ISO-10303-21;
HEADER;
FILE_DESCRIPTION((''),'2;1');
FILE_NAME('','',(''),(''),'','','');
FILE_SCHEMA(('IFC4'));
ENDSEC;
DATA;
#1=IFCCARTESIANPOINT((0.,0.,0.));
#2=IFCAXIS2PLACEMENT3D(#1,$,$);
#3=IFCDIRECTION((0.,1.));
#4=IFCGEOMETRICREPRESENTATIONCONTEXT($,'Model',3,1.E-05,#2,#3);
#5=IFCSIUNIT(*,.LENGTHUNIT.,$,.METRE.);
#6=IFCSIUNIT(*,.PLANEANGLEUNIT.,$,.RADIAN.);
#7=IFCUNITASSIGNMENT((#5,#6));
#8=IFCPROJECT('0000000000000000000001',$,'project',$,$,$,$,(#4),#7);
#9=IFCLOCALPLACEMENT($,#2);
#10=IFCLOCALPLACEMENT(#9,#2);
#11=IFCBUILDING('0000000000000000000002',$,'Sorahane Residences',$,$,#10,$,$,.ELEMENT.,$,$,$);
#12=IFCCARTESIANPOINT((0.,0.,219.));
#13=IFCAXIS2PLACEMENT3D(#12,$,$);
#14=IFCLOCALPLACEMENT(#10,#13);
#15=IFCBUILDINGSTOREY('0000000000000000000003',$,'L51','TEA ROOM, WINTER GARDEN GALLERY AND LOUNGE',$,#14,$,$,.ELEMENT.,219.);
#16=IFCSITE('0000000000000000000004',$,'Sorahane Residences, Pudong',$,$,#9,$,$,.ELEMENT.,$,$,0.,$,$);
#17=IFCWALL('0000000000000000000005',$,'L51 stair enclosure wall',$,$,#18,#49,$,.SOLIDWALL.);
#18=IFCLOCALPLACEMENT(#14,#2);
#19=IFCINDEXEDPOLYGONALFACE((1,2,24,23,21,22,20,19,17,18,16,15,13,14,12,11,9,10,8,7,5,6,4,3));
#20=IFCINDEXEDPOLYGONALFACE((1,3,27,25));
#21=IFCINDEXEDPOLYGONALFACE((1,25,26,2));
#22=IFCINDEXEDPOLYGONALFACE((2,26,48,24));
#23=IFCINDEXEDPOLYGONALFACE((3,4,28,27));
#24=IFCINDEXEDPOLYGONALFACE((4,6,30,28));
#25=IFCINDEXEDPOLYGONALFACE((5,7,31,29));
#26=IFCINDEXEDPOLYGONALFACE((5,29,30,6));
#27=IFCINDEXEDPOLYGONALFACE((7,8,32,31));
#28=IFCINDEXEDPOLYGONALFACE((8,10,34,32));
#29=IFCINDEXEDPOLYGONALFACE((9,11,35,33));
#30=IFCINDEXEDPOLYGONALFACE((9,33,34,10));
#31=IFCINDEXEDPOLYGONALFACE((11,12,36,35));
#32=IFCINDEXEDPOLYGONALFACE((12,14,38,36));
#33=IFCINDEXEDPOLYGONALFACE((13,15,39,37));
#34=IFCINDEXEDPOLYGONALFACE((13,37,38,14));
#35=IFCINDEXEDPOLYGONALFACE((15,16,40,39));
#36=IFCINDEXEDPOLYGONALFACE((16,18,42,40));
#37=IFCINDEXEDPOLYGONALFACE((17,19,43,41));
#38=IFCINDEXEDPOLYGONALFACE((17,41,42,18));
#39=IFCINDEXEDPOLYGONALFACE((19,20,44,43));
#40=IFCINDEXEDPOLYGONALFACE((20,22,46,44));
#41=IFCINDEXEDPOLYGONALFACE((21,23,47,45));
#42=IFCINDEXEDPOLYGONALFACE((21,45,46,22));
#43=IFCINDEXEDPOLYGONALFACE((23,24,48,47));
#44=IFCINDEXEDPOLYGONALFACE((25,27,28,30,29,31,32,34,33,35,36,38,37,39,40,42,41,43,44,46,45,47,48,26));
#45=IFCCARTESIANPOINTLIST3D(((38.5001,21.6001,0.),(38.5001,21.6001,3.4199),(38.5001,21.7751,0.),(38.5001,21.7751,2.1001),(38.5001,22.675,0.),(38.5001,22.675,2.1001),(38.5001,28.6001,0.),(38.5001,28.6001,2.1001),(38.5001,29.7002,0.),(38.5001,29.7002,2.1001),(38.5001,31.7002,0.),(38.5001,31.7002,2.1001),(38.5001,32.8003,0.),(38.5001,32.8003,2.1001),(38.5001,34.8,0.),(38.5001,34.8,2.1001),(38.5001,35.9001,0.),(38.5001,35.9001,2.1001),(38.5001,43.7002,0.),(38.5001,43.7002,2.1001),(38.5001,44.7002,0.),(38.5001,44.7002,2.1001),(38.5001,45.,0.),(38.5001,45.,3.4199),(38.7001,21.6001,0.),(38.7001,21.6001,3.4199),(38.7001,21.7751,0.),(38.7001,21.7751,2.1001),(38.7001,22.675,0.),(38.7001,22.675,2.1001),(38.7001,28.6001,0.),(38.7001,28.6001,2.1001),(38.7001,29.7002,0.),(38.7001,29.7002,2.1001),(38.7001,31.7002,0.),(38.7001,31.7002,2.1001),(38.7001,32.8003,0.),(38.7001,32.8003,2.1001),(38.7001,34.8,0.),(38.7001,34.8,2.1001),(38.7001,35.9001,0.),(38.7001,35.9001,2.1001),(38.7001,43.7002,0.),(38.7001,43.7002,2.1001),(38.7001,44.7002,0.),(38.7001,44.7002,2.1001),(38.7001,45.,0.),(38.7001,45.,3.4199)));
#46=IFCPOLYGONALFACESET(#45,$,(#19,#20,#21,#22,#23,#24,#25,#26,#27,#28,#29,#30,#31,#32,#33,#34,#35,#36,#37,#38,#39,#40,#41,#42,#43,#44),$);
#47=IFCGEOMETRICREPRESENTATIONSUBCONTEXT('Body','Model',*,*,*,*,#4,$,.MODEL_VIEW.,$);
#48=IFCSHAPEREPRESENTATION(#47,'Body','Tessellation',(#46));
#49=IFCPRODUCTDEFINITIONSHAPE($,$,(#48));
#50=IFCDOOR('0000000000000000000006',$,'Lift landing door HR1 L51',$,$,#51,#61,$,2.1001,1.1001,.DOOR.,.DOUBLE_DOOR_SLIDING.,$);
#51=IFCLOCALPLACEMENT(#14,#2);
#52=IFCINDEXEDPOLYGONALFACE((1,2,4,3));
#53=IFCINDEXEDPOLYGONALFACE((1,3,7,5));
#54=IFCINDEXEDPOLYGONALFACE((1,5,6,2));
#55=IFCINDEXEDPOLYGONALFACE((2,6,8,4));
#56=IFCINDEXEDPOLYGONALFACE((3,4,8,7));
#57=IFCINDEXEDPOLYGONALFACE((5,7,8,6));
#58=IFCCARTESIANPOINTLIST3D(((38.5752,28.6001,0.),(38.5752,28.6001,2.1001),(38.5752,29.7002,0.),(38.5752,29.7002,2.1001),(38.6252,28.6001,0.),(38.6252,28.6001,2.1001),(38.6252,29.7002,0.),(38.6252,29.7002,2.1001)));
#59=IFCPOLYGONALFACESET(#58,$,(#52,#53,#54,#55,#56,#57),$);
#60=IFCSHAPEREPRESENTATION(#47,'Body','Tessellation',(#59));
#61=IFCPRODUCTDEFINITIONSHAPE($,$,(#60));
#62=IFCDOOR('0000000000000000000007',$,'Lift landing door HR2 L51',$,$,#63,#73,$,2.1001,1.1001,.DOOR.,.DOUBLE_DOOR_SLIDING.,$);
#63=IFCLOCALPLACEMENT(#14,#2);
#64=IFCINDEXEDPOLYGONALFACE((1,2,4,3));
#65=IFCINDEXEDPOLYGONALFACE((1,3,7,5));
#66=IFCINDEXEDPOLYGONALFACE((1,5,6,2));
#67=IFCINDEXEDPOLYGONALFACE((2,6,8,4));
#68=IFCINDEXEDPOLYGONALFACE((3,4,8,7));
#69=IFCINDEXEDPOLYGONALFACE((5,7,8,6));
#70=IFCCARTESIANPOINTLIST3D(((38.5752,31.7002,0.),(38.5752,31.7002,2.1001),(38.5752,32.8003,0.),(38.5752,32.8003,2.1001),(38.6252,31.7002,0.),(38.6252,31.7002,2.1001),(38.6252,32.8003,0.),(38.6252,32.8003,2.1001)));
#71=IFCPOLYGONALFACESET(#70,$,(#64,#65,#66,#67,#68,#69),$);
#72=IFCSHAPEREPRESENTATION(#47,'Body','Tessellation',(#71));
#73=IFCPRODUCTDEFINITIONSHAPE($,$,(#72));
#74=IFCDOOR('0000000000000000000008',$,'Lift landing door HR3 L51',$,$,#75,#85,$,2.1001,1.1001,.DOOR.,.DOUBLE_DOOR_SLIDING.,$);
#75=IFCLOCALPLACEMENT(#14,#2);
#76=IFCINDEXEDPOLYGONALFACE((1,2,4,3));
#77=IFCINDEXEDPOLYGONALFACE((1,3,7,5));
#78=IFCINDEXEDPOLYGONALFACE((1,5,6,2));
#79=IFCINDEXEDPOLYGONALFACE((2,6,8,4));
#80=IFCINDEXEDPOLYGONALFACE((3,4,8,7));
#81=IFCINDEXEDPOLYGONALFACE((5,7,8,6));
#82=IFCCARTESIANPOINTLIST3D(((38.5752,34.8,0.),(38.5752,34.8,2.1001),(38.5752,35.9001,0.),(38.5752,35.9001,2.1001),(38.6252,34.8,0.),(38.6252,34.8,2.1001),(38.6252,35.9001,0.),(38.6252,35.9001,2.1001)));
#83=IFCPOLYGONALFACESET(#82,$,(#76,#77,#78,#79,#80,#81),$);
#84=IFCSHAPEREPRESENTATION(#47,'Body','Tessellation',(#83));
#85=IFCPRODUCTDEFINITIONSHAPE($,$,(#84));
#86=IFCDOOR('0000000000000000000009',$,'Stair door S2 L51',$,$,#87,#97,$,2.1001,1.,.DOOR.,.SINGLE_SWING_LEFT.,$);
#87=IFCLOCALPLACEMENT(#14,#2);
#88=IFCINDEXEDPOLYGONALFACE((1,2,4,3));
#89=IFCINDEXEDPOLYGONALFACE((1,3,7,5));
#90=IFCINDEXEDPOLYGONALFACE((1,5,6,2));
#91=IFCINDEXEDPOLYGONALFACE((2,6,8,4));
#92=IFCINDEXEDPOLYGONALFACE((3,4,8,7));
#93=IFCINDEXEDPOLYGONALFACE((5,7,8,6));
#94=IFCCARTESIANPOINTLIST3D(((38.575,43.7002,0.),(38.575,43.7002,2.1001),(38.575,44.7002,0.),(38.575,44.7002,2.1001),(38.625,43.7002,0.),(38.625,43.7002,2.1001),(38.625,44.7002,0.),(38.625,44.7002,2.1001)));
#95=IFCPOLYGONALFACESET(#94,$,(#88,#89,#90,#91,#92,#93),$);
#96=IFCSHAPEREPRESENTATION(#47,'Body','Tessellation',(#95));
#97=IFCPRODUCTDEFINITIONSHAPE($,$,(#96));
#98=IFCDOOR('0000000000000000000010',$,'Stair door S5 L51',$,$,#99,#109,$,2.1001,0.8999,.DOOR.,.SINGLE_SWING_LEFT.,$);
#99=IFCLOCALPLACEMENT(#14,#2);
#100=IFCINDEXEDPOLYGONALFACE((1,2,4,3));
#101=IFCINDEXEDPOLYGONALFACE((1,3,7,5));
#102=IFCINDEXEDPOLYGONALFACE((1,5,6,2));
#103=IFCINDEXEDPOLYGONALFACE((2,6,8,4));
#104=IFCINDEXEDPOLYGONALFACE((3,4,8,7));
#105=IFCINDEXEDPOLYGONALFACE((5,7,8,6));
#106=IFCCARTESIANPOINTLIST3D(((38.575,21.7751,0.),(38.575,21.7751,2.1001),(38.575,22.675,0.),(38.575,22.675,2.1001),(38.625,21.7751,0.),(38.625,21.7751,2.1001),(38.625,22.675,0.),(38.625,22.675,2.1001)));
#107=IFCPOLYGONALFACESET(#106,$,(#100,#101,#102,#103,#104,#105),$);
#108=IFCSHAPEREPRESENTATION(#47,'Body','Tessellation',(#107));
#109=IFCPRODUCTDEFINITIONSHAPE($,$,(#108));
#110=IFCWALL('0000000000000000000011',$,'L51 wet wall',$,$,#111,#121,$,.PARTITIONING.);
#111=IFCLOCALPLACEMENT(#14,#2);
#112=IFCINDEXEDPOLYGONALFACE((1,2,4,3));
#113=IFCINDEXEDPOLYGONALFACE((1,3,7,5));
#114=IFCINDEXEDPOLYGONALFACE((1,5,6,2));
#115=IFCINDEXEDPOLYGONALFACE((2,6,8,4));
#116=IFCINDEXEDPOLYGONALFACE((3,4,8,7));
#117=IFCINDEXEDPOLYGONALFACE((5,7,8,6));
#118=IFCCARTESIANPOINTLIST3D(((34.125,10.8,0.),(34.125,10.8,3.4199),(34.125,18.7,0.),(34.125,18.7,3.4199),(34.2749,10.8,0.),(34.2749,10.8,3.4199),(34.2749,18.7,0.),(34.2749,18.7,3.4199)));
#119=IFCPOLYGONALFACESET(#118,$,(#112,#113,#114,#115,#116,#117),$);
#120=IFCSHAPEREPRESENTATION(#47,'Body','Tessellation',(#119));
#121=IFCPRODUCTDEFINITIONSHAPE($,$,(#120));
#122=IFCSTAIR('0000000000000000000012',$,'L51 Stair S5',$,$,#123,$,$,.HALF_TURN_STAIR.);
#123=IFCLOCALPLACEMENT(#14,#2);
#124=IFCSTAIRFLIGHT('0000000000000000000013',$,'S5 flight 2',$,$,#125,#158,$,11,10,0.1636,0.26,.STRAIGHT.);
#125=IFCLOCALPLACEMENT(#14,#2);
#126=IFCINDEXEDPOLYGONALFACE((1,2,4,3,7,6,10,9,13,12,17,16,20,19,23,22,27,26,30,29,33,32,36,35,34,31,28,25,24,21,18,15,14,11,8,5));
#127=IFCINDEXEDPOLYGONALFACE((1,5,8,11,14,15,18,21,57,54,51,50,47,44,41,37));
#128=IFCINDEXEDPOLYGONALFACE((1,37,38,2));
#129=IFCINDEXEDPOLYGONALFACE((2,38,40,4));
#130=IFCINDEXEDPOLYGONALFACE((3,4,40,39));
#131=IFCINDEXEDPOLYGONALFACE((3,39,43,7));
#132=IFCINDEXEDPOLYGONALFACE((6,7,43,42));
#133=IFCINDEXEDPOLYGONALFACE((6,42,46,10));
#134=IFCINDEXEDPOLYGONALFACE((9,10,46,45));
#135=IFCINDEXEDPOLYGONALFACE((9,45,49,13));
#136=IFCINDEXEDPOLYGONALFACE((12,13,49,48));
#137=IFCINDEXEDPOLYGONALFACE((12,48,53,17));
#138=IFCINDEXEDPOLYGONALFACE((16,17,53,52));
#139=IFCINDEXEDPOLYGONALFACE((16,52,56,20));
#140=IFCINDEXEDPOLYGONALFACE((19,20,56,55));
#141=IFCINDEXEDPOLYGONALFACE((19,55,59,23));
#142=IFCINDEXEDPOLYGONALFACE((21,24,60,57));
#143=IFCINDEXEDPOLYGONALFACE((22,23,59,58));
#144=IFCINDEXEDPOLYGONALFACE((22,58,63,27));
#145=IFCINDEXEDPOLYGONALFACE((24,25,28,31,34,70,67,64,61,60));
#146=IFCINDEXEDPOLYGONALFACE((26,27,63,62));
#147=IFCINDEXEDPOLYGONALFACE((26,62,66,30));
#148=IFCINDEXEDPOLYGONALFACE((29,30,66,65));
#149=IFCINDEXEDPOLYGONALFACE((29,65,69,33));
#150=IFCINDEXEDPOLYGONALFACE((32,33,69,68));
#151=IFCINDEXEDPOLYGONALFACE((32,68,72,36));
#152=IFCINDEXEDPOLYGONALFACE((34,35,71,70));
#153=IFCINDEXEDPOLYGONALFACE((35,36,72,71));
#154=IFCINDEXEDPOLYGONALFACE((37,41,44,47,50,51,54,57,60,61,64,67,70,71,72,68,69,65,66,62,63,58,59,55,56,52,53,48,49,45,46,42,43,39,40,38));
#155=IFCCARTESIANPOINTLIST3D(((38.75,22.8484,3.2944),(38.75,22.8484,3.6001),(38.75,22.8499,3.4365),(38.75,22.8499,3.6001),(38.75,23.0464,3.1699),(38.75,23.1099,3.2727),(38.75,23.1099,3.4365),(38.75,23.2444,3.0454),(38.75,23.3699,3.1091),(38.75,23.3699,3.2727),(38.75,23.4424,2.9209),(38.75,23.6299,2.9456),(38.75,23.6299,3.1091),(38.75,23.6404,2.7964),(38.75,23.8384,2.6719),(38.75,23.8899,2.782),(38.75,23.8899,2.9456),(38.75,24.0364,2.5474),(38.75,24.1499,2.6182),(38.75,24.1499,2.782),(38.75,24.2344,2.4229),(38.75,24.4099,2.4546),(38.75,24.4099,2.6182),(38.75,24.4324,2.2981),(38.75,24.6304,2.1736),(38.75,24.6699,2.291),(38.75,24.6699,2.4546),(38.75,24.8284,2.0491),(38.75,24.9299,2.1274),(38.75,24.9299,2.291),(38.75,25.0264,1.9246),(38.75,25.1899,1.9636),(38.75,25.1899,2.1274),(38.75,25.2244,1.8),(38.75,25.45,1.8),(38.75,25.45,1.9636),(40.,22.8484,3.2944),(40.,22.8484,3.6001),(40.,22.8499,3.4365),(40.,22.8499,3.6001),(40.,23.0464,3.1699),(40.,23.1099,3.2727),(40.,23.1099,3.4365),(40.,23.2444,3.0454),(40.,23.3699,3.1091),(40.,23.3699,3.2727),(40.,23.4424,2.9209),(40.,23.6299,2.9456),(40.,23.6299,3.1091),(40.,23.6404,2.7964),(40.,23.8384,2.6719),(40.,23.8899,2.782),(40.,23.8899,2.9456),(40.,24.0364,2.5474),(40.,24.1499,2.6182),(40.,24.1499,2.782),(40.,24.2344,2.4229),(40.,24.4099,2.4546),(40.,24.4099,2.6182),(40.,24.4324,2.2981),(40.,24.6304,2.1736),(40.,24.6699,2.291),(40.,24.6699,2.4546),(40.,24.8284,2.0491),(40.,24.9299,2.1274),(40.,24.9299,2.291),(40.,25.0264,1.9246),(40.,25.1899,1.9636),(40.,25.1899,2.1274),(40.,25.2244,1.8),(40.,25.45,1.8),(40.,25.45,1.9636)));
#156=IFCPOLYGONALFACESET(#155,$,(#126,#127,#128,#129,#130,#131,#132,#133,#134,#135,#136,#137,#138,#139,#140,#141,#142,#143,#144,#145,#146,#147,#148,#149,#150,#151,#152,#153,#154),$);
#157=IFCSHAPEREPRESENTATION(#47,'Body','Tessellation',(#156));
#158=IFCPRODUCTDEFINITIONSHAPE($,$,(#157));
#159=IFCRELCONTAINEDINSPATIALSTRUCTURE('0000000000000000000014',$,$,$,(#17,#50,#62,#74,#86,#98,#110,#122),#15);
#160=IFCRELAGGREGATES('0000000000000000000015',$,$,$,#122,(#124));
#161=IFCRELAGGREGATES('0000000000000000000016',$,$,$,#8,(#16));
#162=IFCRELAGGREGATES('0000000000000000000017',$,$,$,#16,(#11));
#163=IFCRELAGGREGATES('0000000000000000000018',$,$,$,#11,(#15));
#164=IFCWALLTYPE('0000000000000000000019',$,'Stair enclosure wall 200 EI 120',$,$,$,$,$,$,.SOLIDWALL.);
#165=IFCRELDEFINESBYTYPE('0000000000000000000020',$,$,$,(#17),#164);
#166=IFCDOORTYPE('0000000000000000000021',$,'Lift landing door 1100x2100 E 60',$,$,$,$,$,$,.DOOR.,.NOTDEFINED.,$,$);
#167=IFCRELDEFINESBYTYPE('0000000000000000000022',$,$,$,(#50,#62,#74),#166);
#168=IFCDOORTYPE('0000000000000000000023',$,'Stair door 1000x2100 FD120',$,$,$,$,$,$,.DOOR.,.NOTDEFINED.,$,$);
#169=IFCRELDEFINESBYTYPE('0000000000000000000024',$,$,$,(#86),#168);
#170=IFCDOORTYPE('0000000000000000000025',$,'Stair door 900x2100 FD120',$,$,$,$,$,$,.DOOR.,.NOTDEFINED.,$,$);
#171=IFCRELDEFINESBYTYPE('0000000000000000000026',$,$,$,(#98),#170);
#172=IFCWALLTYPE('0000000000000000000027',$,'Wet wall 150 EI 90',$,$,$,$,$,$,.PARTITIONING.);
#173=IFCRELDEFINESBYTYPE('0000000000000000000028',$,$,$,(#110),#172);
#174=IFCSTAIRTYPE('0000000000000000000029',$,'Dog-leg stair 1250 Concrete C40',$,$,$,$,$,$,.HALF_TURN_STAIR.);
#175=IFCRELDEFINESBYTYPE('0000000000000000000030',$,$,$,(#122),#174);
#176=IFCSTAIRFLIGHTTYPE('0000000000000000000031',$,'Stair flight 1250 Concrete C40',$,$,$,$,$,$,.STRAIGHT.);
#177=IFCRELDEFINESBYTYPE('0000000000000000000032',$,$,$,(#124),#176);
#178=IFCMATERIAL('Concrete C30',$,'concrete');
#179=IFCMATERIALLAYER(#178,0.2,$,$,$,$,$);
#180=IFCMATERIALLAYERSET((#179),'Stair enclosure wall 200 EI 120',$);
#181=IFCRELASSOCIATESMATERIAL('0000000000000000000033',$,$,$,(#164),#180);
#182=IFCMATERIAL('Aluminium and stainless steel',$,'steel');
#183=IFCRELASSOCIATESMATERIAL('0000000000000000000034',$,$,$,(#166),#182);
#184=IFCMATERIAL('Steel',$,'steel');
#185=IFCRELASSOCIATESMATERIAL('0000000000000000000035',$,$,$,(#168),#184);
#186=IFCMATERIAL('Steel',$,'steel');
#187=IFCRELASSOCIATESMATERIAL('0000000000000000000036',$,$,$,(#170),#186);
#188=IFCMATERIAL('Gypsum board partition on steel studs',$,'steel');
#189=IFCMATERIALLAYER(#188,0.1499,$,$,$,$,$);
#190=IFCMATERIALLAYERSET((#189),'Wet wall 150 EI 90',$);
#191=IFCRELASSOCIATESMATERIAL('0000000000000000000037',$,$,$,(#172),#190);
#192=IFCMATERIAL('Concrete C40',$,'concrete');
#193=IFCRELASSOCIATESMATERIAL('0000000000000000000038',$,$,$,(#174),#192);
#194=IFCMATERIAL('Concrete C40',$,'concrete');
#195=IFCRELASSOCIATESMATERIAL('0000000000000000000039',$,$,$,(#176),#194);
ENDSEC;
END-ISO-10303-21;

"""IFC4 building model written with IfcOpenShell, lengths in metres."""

from ifc_helpers import new_model, si_unit, direction, frame, frame_2d, origin, place, context, subcontext, project, spatial, polyline, rectangle, outline, extrude, material, layer, layer_set, type_object, element, fill, aggregate, save


model = new_model("IFC4")

# Units and contexts
model_context = context("Model", 3, precision=1e-05, world=origin(), true_north=direction((0.0, 1.0)))
body_context = subcontext(model_context, "Body", "Model", "MODEL_VIEW")
ifc_project = project(units=[si_unit("LENGTHUNIT", "METRE"), si_unit("PLANEANGLEUNIT", "RADIAN")], contexts=[model_context])

# Site, building, storey
site_placement = place(None, origin())
site = spatial("IfcSite", under=ifc_project, at=site_placement, Name="Sorahane Residences, Pudong", CompositionType="ELEMENT", RefElevation=0.0)
building_placement = place(site_placement, origin())
building = spatial("IfcBuilding", under=site, at=building_placement, Name="Sorahane Residences", CompositionType="ELEMENT")
storey_placement = place(building_placement, frame((0.0, 0.0, 219.0)))
storey = spatial("IfcBuildingStorey", under=building, at=storey_placement, Name="L51", Description="TEA ROOM, WINTER GARDEN GALLERY AND LOUNGE", CompositionType="ELEMENT", Elevation=219.0)

# Wall, openings, doors
ifc_material_1 = material(Name="Concrete C30", Category="concrete")
ifc_layer_1 = layer(ifc_material_1, 0.2)
ifc_layer_set_1 = layer_set([ifc_layer_1], Name="Stair enclosure wall 200 EI 120")
wall_type_1 = type_object("IfcWallType", Name="Stair enclosure wall 200 EI 120", PredefinedType="SOLIDWALL", material=ifc_layer_set_1)
wall_1_placement = place(storey_placement, frame((38.6001, 21.6001, 0.0), z_axis=(0.0, 0.0, 1.0), x_axis=(0.0, 1.0, 0.0)))
wall_1 = element("IfcWall", 1, at=wall_1_placement, inside=storey, type_object=wall_type_1, Name="L51 stair enclosure wall", PredefinedType="SOLIDWALL", context=body_context, shape_type="SweptSolid", body=[
    extrude(rectangle(XDim=23.3999, YDim=0.2, at=frame_2d((11.7, 0.0))), origin(), (0.0, 0.0, 1.0), 3.4199),
])
opening_1_placement = place(wall_1_placement, frame((7.0, 0.0, 0.0)))
opening_1 = element("IfcOpeningElement", 2, at=opening_1_placement, cuts=wall_1, PredefinedType="OPENING", context=body_context, shape_type="SweptSolid", body=[
    extrude(rectangle(XDim=1.1001, YDim=2.1001, at=frame_2d((0.55, 1.05))), frame((0.0, 0.1099, 0.0), z_axis=(0.0, -1.0, 0.0), x_axis=(1.0, 0.0, 0.0)), (0.0, 0.0, 1.0), 0.22),
])
opening_2_placement = place(wall_1_placement, frame((10.1001, 0.0, 0.0)))
opening_2 = element("IfcOpeningElement", 3, at=opening_2_placement, cuts=wall_1, PredefinedType="OPENING", context=body_context, shape_type="SweptSolid", body=[
    extrude(rectangle(XDim=1.1001, YDim=2.1001, at=frame_2d((0.55, 1.05))), frame((0.0, 0.1099, 0.0), z_axis=(0.0, -1.0, 0.0), x_axis=(1.0, 0.0, 0.0)), (0.0, 0.0, 1.0), 0.22),
])
opening_3_placement = place(wall_1_placement, frame((13.2, 0.0, 0.0)))
opening_3 = element("IfcOpeningElement", 4, at=opening_3_placement, cuts=wall_1, PredefinedType="OPENING", context=body_context, shape_type="SweptSolid", body=[
    extrude(rectangle(XDim=1.1001, YDim=2.1001, at=frame_2d((0.55, 1.05))), frame((0.0, 0.1099, 0.0), z_axis=(0.0, -1.0, 0.0), x_axis=(1.0, 0.0, 0.0)), (0.0, 0.0, 1.0), 0.22),
])
opening_4_placement = place(wall_1_placement, frame((22.1001, 0.0, 0.0)))
opening_4 = element("IfcOpeningElement", 5, at=opening_4_placement, cuts=wall_1, PredefinedType="OPENING", context=body_context, shape_type="SweptSolid", body=[
    extrude(rectangle(XDim=1.0, YDim=2.1001, at=frame_2d((0.5, 1.05))), frame((0.0, 0.1099, 0.0), z_axis=(0.0, -1.0, 0.0), x_axis=(1.0, 0.0, 0.0)), (0.0, 0.0, 1.0), 0.22),
])
opening_5_placement = place(wall_1_placement, frame((0.175, 0.0, 0.0)))
opening_5 = element("IfcOpeningElement", 6, at=opening_5_placement, cuts=wall_1, PredefinedType="OPENING", context=body_context, shape_type="SweptSolid", body=[
    extrude(rectangle(XDim=0.8999, YDim=2.1001, at=frame_2d((0.45, 1.05))), frame((0.0, 0.1099, 0.0), z_axis=(0.0, -1.0, 0.0), x_axis=(1.0, 0.0, 0.0)), (0.0, 0.0, 1.0), 0.22),
])
ifc_material_2 = material(Name="Aluminium and stainless steel", Category="steel")
door_type_1 = type_object("IfcDoorType", Name="Lift landing door 1100x2100 E 60", OperationType="NOTDEFINED", PredefinedType="DOOR", material=ifc_material_2)
door_1_placement = place(opening_1_placement, origin())
door_1 = element("IfcDoor", 7, at=door_1_placement, inside=storey, type_object=door_type_1, Name="Lift landing door HR1 L51", OperationType="DOUBLE_DOOR_SLIDING", OverallHeight=2.1001, OverallWidth=1.1001, PredefinedType="DOOR", context=body_context, shape_type="SweptSolid", body=[
    extrude(rectangle(XDim=1.1001, YDim=2.1001, at=frame_2d((0.55, 1.05))), frame((0.0, 0.0249, 0.0), z_axis=(0.0, -1.0, 0.0), x_axis=(1.0, 0.0, 0.0)), (0.0, 0.0, 1.0), 0.05),
])
fill(opening_1, door_1)
door_2_placement = place(opening_2_placement, origin())
door_2 = element("IfcDoor", 8, at=door_2_placement, inside=storey, type_object=door_type_1, Name="Lift landing door HR2 L51", OperationType="DOUBLE_DOOR_SLIDING", OverallHeight=2.1001, OverallWidth=1.1001, PredefinedType="DOOR", context=body_context, shape_type="SweptSolid", body=[
    extrude(rectangle(XDim=1.1001, YDim=2.1001, at=frame_2d((0.55, 1.05))), frame((0.0, 0.0249, 0.0), z_axis=(0.0, -1.0, 0.0), x_axis=(1.0, 0.0, 0.0)), (0.0, 0.0, 1.0), 0.05),
])
fill(opening_2, door_2)
door_3_placement = place(opening_3_placement, origin())
door_3 = element("IfcDoor", 9, at=door_3_placement, inside=storey, type_object=door_type_1, Name="Lift landing door HR3 L51", OperationType="DOUBLE_DOOR_SLIDING", OverallHeight=2.1001, OverallWidth=1.1001, PredefinedType="DOOR", context=body_context, shape_type="SweptSolid", body=[
    extrude(rectangle(XDim=1.1001, YDim=2.1001, at=frame_2d((0.55, 1.05))), frame((0.0, 0.0249, 0.0), z_axis=(0.0, -1.0, 0.0), x_axis=(1.0, 0.0, 0.0)), (0.0, 0.0, 1.0), 0.05),
])
fill(opening_3, door_3)
ifc_material_3 = material(Name="Steel", Category="steel")
door_type_2 = type_object("IfcDoorType", Name="Stair door 1000x2100 FD120", OperationType="NOTDEFINED", PredefinedType="DOOR", material=ifc_material_3)
door_4_placement = place(opening_4_placement, frame((1.0, 0.0, 0.0), z_axis=(0.0, 0.0, 1.0), x_axis=(-1.0, 0.0, 0.0)))
door_4 = element("IfcDoor", 10, at=door_4_placement, inside=storey, type_object=door_type_2, Name="Stair door S2 L51", OperationType="SINGLE_SWING_LEFT", OverallHeight=2.1001, OverallWidth=1.0, PredefinedType="DOOR", context=body_context, shape_type="SweptSolid", body=[
    extrude(rectangle(XDim=1.0, YDim=2.1001, at=frame_2d((0.5, 1.05))), frame((0.0, 0.0249, 0.0), z_axis=(0.0, -1.0, 0.0), x_axis=(1.0, 0.0, 0.0)), (0.0, 0.0, 1.0), 0.05),
])
fill(opening_4, door_4)
ifc_material_4 = material(Name="Steel", Category="steel")
door_type_3 = type_object("IfcDoorType", Name="Stair door 900x2100 FD120", OperationType="NOTDEFINED", PredefinedType="DOOR", material=ifc_material_4)
door_5_placement = place(opening_5_placement, frame((0.8999, 0.0, 0.0), z_axis=(0.0, 0.0, 1.0), x_axis=(-1.0, 0.0, 0.0)))
door_5 = element("IfcDoor", 11, at=door_5_placement, inside=storey, type_object=door_type_3, Name="Stair door S5 L51", OperationType="SINGLE_SWING_LEFT", OverallHeight=2.1001, OverallWidth=0.8999, PredefinedType="DOOR", context=body_context, shape_type="SweptSolid", body=[
    extrude(rectangle(XDim=0.8999, YDim=2.1001, at=frame_2d((0.45, 1.05))), frame((0.0, 0.0249, 0.0), z_axis=(0.0, -1.0, 0.0), x_axis=(1.0, 0.0, 0.0)), (0.0, 0.0, 1.0), 0.05),
])
fill(opening_5, door_5)

# Wall
ifc_material_5 = material(Name="Gypsum board partition on steel studs", Category="steel")
ifc_layer_2 = layer(ifc_material_5, 0.1499)
ifc_layer_set_2 = layer_set([ifc_layer_2], Name="Wet wall 150 EI 90")
wall_type_2 = type_object("IfcWallType", Name="Wet wall 150 EI 90", PredefinedType="PARTITIONING", material=ifc_layer_set_2)
wall_2_placement = place(storey_placement, frame((34.2, 10.8, 0.0), z_axis=(0.0, 0.0, 1.0), x_axis=(0.0, 1.0, 0.0)))
element("IfcWall", 12, at=wall_2_placement, inside=storey, type_object=wall_type_2, Name="L51 wet wall", PredefinedType="PARTITIONING", context=body_context, shape_type="SweptSolid", body=[
    extrude(rectangle(XDim=7.8999, YDim=0.1499, at=frame_2d((3.95, 0.0))), origin(), (0.0, 0.0, 1.0), 3.4199),
])

# Stair, stair flight
ifc_material_6 = material(Name="Concrete C40", Category="concrete")
stair_type = type_object("IfcStairType", Name="Dog-leg stair 1250 Concrete C40", PredefinedType="HALF_TURN_STAIR", material=ifc_material_6)
stair_placement = place(storey_placement, origin())
stair = element("IfcStair", 13, at=stair_placement, inside=storey, type_object=stair_type, Name="L51 Stair S5", PredefinedType="HALF_TURN_STAIR")
ifc_material_7 = material(Name="Concrete C40", Category="concrete")
stair_flight_type = type_object("IfcStairFlightType", Name="Stair flight 1250 Concrete C40", PredefinedType="STRAIGHT", material=ifc_material_7)
stair_flight_placement = place(storey_placement, frame((39.375, 25.45, 1.8), z_axis=(0.0, 0.0, 1.0), x_axis=(0.0, -1.0, 0.0)))
stair_flight = element("IfcStairFlight", 14, at=stair_flight_placement, type_object=stair_flight_type, Name="S5 flight 2", NumberOfRisers=11, NumberOfTreads=10, PredefinedType="STRAIGHT", RiserHeight=0.1636, TreadLength=0.26, context=body_context, shape_type="SweptSolid", body=[
    extrude(outline(polyline([(0.0, 0.0), (0.0, 0.1636), (0.26, 0.1636), (0.26, 0.3274), (0.52, 0.3274), (0.52, 0.491), (0.78, 0.491), (0.78, 0.6545), (1.04, 0.6545), (1.04, 0.8181), (1.3, 0.8181), (1.3, 0.9819), (1.5601, 0.9819), (1.5601, 1.1455), (1.8201, 1.1455), (1.8201, 1.3091), (2.0801, 1.3091), (2.0801, 1.4727), (2.3401, 1.4727), (2.3401, 1.6365), (2.6001, 1.6365), (2.6001, 1.8), (2.6016, 1.8), (2.6016, 1.4944), (2.4036, 1.3699), (2.2056, 1.2454), (2.0076, 1.1208), (1.8096, 0.9963), (1.6116, 0.8718), (1.4136, 0.7473), (1.2156, 0.6228), (1.0176, 0.498), (0.8196, 0.3735), (0.6216, 0.249), (0.4236, 0.1245), (0.2256, 0.0), (0.0, 0.0)])), frame((0.0, 0.625, 0.0), z_axis=(0.0, -1.0, 0.0), x_axis=(1.0, 0.0, 0.0)), (0.0, 0.0, 1.0), 1.25),
])
aggregate(stair, [stair_flight])

save(model, "model.ifc")
